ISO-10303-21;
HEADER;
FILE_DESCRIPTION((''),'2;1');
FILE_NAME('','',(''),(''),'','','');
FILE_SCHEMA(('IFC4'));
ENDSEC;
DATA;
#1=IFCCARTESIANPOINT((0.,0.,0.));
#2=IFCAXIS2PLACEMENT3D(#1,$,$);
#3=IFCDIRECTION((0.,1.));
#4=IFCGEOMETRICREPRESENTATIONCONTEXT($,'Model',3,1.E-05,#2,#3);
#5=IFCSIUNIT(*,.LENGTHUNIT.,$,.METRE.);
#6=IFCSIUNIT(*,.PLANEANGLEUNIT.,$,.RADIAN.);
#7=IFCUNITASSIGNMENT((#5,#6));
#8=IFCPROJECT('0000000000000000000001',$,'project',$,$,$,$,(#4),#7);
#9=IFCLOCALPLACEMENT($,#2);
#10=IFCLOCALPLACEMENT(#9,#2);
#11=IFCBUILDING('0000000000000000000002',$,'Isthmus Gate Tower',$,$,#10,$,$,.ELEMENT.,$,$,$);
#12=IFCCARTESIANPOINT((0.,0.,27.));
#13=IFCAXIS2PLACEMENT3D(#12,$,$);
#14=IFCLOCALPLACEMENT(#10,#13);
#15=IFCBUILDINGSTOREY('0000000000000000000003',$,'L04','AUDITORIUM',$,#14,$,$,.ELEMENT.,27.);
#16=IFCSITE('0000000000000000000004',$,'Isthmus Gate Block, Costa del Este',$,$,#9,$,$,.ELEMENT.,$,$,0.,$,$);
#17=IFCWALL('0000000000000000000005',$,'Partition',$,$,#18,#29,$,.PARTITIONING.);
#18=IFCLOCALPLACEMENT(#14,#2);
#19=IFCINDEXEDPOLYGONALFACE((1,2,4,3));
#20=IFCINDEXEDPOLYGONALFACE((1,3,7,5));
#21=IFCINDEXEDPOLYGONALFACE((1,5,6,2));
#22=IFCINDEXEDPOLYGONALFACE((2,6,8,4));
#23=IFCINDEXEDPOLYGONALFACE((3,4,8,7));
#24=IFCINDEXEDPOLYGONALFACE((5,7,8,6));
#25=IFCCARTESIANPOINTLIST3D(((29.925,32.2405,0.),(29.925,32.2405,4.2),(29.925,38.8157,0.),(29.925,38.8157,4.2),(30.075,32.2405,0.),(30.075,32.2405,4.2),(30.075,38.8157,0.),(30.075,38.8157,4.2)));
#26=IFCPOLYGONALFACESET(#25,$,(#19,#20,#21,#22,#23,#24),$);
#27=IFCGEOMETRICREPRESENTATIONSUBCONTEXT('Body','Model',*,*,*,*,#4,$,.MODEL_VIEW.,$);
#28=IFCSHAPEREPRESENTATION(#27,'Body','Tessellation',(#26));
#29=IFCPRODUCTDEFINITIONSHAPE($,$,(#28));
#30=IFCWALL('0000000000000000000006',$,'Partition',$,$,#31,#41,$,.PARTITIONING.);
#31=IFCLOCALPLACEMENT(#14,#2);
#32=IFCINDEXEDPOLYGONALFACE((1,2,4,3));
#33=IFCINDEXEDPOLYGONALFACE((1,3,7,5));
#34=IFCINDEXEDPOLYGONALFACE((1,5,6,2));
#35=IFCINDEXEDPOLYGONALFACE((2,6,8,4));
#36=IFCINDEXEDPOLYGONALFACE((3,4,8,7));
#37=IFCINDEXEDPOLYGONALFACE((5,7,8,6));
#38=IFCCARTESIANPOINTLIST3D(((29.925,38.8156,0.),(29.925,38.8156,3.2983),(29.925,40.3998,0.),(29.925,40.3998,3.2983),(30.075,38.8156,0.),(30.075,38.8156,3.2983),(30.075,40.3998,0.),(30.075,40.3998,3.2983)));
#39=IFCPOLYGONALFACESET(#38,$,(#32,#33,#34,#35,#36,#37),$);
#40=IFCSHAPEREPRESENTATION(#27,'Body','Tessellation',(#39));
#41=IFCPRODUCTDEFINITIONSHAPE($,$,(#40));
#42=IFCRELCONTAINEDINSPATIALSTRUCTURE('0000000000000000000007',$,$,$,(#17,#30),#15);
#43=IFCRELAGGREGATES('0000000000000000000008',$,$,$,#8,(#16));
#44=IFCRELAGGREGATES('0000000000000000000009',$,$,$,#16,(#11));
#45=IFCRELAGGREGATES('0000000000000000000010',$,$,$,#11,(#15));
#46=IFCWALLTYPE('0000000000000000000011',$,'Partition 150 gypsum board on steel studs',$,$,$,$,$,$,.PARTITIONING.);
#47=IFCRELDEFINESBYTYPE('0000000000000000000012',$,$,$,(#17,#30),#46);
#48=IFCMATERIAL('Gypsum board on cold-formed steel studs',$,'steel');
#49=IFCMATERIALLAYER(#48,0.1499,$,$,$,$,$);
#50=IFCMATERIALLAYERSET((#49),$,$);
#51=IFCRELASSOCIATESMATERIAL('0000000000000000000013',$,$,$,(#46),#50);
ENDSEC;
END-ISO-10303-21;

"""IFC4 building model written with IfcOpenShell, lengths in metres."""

from ifc_helpers import new_model, si_unit, direction, frame, frame_2d, origin, place, context, subcontext, project, spatial, rectangle, extrude, material, layer, layer_set, type_object, element, save


model = new_model("IFC4")

# Units and contexts
model_context = context("Model", 3, precision=1e-05, world=origin(), true_north=direction((0.0, 1.0)))
body_context = subcontext(model_context, "Body", "Model", "MODEL_VIEW")
ifc_project = project(units=[si_unit("LENGTHUNIT", "METRE"), si_unit("PLANEANGLEUNIT", "RADIAN")], contexts=[model_context])

# Site, building, storey
site_placement = place(None, origin())
site = spatial("IfcSite", under=ifc_project, at=site_placement, Name="Isthmus Gate Block, Costa del Este", CompositionType="ELEMENT", RefElevation=0.0)
building_placement = place(site_placement, origin())
building = spatial("IfcBuilding", under=site, at=building_placement, Name="Isthmus Gate Tower", CompositionType="ELEMENT")
storey_placement = place(building_placement, frame((0.0, 0.0, 27.0)))
storey = spatial("IfcBuildingStorey", under=building, at=storey_placement, Name="L04", Description="AUDITORIUM", CompositionType="ELEMENT", Elevation=27.0)

# Walls
ifc_material_1 = material(Name="Gypsum board on cold-formed steel studs", Category="steel")
ifc_layer_1 = layer(ifc_material_1, 0.1499)
ifc_layer_set_1 = layer_set([ifc_layer_1])
wall_type_1 = type_object("IfcWallType", Name="Partition 150 gypsum board on steel studs", PredefinedType="PARTITIONING", material=ifc_layer_set_1)
wall_1_placement = place(storey_placement, frame((30.0, 32.2405, 0.0), z_axis=(0.0, 0.0, 1.0), x_axis=(0.0, 1.0, 0.0)))
element("IfcWall", 1, at=wall_1_placement, inside=storey, type_object=wall_type_1, Name="Partition", PredefinedType="PARTITIONING", context=body_context, shape_type="SweptSolid", body=[
    extrude(rectangle(XDim=6.5752, YDim=0.1499, at=frame_2d((3.2876, 0.0))), origin(), (0.0, 0.0, 1.0), 4.2),
])
wall_2_placement = place(storey_placement, frame((30.0, 38.8157, 0.0), z_axis=(0.0, 0.0, 1.0), x_axis=(0.0, 1.0, 0.0)))
element("IfcWall", 2, at=wall_2_placement, inside=storey, type_object=wall_type_1, Name="Partition", PredefinedType="PARTITIONING", context=body_context, shape_type="SweptSolid", body=[
    extrude(rectangle(XDim=1.5842, YDim=0.1499, at=frame_2d((0.792, 0.0))), origin(), (0.0, 0.0, 1.0), 3.2983),
])

save(model, "model.ifc")
